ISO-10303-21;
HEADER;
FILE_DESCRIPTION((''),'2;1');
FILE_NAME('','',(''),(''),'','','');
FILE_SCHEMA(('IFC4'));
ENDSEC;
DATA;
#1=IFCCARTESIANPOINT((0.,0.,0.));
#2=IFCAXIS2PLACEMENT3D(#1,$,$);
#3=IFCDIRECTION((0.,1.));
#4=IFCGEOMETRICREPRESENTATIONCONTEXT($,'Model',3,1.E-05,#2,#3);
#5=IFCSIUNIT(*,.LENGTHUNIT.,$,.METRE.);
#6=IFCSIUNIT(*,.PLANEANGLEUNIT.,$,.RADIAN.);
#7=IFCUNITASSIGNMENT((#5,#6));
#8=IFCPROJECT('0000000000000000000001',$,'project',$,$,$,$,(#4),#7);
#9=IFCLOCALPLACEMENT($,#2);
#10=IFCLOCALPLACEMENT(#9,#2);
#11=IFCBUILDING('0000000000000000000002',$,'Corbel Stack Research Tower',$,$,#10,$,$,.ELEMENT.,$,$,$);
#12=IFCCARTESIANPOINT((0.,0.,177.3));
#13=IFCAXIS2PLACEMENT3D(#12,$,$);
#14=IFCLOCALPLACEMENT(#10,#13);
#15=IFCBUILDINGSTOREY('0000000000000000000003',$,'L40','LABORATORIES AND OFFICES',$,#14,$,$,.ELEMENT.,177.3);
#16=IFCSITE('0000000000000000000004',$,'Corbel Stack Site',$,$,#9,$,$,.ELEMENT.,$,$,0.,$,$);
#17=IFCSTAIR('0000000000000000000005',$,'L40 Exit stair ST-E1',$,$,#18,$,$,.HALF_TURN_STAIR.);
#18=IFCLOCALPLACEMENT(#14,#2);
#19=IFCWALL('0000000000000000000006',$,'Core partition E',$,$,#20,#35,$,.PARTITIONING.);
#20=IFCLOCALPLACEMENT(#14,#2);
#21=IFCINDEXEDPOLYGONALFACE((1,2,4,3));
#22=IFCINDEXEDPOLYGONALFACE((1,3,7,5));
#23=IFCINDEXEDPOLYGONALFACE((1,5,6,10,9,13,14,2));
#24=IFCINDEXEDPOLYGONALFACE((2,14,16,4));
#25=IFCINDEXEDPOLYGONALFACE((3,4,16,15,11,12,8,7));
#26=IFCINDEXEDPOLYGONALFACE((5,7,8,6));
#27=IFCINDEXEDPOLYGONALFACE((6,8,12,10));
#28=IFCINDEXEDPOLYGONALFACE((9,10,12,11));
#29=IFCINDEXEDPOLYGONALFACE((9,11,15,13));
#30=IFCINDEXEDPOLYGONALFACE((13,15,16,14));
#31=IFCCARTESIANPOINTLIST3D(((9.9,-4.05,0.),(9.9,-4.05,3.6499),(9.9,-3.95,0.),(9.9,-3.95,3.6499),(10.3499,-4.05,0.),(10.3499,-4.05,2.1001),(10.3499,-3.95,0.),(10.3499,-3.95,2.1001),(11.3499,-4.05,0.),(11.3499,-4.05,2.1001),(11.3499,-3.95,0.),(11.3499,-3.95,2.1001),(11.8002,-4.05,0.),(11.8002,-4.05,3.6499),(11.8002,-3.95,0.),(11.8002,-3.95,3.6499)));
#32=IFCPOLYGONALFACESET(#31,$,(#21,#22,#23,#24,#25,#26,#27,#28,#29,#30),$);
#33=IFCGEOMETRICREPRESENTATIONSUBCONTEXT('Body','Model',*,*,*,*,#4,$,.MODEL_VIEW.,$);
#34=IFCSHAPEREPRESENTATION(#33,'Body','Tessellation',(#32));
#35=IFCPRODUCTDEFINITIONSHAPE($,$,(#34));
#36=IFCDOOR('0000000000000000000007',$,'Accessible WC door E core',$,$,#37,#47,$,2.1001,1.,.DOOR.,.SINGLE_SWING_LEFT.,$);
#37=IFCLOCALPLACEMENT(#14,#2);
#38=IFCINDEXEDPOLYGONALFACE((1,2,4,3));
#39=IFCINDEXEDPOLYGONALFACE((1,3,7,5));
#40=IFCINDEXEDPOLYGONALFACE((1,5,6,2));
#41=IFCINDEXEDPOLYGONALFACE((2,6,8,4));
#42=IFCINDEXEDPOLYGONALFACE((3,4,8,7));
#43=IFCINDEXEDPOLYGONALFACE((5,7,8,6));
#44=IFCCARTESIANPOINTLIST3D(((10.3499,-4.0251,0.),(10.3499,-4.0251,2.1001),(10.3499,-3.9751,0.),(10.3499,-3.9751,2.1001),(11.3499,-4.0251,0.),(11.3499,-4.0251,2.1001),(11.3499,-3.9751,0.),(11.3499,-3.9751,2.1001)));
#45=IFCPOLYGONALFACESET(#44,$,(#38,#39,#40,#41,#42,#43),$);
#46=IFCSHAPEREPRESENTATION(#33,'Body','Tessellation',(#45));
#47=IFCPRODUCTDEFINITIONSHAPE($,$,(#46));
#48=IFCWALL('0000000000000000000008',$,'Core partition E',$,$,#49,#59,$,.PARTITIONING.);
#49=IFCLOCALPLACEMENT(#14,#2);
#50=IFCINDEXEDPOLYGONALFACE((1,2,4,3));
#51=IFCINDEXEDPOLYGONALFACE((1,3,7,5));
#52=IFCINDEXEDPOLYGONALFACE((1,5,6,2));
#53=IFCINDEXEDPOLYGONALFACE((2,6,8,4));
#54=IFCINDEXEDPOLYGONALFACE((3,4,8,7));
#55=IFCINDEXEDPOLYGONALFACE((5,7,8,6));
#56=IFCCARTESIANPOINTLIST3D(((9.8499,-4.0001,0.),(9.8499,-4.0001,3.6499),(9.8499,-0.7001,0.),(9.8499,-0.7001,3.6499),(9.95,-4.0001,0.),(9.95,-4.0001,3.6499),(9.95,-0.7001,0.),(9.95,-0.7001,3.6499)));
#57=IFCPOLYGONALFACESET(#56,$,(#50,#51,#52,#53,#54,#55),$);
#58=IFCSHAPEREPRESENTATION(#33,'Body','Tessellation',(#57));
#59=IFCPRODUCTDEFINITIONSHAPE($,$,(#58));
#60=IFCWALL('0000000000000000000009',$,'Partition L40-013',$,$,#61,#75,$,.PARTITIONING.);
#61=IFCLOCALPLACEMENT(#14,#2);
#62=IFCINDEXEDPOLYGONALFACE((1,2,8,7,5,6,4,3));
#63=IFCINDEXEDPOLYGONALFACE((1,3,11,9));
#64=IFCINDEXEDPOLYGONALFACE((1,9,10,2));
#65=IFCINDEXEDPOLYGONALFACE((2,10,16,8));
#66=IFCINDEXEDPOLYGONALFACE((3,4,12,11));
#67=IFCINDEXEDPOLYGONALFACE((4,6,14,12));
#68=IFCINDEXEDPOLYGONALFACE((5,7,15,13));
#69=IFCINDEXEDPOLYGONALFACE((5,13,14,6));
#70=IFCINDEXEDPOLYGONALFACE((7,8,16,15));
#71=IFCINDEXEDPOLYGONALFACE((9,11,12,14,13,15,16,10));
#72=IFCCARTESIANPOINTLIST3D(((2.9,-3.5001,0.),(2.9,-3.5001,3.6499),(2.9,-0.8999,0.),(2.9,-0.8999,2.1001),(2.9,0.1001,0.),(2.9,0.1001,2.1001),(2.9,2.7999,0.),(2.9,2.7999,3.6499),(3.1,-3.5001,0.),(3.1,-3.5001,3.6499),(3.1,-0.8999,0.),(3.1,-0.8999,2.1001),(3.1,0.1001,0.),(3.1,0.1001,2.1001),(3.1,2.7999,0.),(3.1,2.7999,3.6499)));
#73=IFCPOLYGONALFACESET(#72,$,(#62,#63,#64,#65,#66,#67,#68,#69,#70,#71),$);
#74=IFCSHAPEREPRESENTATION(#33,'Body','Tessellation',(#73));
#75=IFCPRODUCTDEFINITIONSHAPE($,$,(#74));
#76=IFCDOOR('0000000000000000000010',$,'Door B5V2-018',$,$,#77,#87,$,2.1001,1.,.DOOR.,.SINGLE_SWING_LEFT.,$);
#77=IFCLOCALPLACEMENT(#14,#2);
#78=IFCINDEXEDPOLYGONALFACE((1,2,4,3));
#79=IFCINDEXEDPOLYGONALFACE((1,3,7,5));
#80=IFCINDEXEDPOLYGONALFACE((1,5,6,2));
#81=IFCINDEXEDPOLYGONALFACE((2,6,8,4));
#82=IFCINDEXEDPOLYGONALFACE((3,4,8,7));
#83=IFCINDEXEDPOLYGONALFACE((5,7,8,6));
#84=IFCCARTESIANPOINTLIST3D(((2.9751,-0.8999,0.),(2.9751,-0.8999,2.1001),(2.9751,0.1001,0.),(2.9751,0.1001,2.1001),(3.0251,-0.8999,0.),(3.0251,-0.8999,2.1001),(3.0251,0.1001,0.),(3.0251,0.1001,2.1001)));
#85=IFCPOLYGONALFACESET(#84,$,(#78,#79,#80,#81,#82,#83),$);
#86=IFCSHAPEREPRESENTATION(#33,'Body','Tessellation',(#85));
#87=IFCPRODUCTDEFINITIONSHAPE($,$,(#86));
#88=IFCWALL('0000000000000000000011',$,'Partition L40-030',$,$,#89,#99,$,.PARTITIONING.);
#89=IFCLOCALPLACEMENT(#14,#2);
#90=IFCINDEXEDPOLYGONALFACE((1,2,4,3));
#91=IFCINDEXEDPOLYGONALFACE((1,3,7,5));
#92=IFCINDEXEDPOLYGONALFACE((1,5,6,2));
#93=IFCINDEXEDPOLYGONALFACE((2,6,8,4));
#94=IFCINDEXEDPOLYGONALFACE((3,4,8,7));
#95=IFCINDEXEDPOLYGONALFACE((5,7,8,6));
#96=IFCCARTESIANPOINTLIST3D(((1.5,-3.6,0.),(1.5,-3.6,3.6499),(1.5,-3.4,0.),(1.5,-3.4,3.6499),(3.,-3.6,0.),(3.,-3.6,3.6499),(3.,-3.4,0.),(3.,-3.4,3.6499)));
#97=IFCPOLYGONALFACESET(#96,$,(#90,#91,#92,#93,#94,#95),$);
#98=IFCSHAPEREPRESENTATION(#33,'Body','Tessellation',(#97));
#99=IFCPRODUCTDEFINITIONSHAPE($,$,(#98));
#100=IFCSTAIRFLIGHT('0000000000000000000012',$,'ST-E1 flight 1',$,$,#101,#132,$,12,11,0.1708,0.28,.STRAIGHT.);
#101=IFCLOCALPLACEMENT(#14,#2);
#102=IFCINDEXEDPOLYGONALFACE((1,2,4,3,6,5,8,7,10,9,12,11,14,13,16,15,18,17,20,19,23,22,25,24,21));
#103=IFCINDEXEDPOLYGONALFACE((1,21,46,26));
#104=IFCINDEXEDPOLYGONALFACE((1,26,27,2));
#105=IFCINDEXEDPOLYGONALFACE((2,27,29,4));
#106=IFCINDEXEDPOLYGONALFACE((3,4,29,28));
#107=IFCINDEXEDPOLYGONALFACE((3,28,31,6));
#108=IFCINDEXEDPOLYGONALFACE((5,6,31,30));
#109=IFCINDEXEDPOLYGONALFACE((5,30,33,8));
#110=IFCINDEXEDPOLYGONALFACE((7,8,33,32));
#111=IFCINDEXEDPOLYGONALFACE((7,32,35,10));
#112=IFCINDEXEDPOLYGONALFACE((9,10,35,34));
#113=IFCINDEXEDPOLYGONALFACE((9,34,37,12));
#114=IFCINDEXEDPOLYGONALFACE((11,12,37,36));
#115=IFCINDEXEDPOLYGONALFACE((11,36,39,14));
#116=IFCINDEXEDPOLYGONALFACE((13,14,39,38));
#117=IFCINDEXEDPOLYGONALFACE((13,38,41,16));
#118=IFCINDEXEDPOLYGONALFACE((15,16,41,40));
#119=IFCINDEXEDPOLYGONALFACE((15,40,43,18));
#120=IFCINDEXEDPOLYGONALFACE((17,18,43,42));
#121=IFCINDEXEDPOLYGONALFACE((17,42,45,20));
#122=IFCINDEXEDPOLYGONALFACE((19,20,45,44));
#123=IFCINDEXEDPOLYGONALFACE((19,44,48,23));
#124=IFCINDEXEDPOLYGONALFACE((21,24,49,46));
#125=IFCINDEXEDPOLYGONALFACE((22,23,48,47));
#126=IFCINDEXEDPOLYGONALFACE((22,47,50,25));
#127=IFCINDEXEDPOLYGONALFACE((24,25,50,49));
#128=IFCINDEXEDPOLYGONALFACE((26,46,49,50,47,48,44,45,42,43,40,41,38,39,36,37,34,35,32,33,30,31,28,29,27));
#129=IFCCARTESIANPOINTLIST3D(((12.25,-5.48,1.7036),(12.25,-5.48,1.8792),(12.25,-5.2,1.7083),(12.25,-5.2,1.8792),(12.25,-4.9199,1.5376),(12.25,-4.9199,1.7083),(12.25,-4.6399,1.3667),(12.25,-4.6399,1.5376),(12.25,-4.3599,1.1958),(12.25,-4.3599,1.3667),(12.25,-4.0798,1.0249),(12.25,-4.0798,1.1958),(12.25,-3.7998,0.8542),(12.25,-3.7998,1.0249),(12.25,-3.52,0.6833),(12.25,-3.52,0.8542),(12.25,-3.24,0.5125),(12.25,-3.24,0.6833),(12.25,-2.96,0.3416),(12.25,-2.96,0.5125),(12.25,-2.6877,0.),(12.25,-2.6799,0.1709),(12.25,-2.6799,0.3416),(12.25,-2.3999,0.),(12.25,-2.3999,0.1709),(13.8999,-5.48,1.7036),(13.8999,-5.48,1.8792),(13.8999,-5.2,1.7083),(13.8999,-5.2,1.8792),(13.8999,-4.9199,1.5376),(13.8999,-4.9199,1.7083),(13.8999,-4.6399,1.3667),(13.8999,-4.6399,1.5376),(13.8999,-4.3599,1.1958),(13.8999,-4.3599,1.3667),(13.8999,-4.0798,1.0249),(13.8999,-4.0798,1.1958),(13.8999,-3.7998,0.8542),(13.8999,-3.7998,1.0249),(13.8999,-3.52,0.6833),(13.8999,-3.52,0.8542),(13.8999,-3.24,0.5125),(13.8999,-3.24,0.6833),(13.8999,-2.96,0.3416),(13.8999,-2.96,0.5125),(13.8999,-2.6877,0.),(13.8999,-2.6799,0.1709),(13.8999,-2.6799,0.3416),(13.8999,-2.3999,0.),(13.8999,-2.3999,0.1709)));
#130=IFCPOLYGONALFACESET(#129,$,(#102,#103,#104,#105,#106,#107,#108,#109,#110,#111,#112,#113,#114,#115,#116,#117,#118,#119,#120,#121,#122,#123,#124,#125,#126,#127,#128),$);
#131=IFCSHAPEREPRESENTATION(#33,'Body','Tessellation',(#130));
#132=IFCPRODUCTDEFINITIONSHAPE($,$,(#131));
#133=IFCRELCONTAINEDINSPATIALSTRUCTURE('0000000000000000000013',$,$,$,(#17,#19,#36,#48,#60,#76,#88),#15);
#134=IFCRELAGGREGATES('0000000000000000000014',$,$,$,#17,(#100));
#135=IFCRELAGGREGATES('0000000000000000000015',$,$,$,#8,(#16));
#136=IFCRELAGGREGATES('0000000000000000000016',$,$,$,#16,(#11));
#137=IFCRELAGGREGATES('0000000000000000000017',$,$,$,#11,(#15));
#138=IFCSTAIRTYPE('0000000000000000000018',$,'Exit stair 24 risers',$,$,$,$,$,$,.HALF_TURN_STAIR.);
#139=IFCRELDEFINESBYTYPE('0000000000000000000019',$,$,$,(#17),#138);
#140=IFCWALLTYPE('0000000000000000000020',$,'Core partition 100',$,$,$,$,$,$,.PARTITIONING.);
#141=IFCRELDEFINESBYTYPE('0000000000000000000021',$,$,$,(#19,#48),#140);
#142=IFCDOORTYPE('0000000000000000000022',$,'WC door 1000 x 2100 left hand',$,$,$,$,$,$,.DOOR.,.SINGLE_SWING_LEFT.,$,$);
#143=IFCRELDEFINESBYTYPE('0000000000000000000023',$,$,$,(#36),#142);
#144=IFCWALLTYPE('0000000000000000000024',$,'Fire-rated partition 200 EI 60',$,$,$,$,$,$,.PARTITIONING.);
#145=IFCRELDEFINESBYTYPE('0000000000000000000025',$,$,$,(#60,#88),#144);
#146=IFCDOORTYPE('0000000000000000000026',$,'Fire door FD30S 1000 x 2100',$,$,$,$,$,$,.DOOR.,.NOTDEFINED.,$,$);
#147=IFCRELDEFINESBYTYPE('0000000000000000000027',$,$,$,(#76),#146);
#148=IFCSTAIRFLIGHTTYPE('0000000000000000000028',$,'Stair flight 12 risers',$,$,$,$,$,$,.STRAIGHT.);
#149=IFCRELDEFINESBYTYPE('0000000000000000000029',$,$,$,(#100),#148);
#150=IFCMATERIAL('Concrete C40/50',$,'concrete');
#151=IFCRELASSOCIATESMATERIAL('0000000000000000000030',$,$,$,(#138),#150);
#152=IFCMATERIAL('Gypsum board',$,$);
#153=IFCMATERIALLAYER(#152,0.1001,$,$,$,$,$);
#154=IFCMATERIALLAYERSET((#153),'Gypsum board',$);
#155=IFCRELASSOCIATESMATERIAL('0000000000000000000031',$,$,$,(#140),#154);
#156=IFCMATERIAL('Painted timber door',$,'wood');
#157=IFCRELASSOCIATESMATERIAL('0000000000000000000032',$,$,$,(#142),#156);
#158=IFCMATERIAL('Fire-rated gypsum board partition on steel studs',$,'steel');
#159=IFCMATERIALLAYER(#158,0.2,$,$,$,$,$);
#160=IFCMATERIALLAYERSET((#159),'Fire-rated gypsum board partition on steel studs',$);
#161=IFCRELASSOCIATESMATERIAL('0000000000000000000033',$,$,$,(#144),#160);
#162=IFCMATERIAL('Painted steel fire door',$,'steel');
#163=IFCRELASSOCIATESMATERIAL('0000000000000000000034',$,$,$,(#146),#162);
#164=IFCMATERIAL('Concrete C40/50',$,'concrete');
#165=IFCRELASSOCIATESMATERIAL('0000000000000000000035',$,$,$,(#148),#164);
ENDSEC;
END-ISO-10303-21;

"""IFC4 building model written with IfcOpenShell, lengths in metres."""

from ifc_helpers import new_model, si_unit, direction, frame, frame_2d, origin, place, context, subcontext, project, spatial, polyline, rectangle, outline, extrude, material, layer, layer_set, type_object, element, fill, aggregate, save


model = new_model("IFC4")

# Units and contexts
model_context = context("Model", 3, precision=1e-05, world=origin(), true_north=direction((0.0, 1.0)))
body_context = subcontext(model_context, "Body", "Model", "MODEL_VIEW")
ifc_project = project(units=[si_unit("LENGTHUNIT", "METRE"), si_unit("PLANEANGLEUNIT", "RADIAN")], contexts=[model_context])

# Site, building, storey
site_placement = place(None, origin())
site = spatial("IfcSite", under=ifc_project, at=site_placement, Name="Corbel Stack Site", CompositionType="ELEMENT", RefElevation=0.0)
building_placement = place(site_placement, origin())
building = spatial("IfcBuilding", under=site, at=building_placement, Name="Corbel Stack Research Tower", CompositionType="ELEMENT")
storey_placement = place(building_placement, frame((0.0, 0.0, 177.3)))
storey = spatial("IfcBuildingStorey", under=building, at=storey_placement, Name="L40", Description="LABORATORIES AND OFFICES", CompositionType="ELEMENT", Elevation=177.3)

# Stair
ifc_material_1 = material(Name="Concrete C40/50", Category="concrete")
stair_type = type_object("IfcStairType", Name="Exit stair 24 risers", PredefinedType="HALF_TURN_STAIR", material=ifc_material_1)
stair_1_placement = place(storey_placement, origin())
stair_1 = element("IfcStair", 1, at=stair_1_placement, inside=storey, type_object=stair_type, Name="L40 Exit stair ST-E1", PredefinedType="HALF_TURN_STAIR")

# Wall, opening, door
ifc_material_2 = material(Name="Gypsum board")
ifc_layer_1 = layer(ifc_material_2, 0.1001)
ifc_layer_set_1 = layer_set([ifc_layer_1], Name="Gypsum board")
wall_type_1 = type_object("IfcWallType", Name="Core partition 100", PredefinedType="PARTITIONING", material=ifc_layer_set_1)
wall_1_placement = place(storey_placement, frame((9.8999, -4.0, 0.0), z_axis=(0.0, 0.0, 1.0), x_axis=(1.0, 0.0, 0.0)))
wall_1 = element("IfcWall", 2, at=wall_1_placement, inside=storey, type_object=wall_type_1, Name="Core partition E", PredefinedType="PARTITIONING", context=body_context, shape_type="SweptSolid", body=[
    extrude(rectangle(XDim=1.9001, YDim=0.1001, at=frame_2d((0.9502, 0.0))), origin(), (0.0, 0.0, 1.0), 3.6499),
])
opening_1_placement = place(wall_1_placement, frame((0.45, 0.0, 0.0)))
opening_1 = element("IfcOpeningElement", 3, at=opening_1_placement, cuts=wall_1, PredefinedType="OPENING", context=body_context, shape_type="SweptSolid", body=[
    extrude(rectangle(XDim=1.0, YDim=2.1001, at=frame_2d((0.5, 1.05))), frame((0.0, 0.0601, 0.0), z_axis=(0.0, -1.0, 0.0), x_axis=(1.0, 0.0, 0.0)), (0.0, 0.0, 1.0), 0.1201),
])
ifc_material_3 = material(Name="Painted timber door", Category="wood")
door_type_1 = type_object("IfcDoorType", Name="WC door 1000 x 2100 left hand", OperationType="SINGLE_SWING_LEFT", PredefinedType="DOOR", material=ifc_material_3)
door_1_placement = place(opening_1_placement, origin())
door_1 = element("IfcDoor", 4, at=door_1_placement, inside=storey, type_object=door_type_1, Name="Accessible WC door E core", OperationType="SINGLE_SWING_LEFT", OverallHeight=2.1001, OverallWidth=1.0, PredefinedType="DOOR", context=body_context, shape_type="SweptSolid", body=[
    extrude(rectangle(XDim=1.0, YDim=2.1001, at=frame_2d((0.5, 1.05))), frame((0.0, 0.0249, 0.0), z_axis=(0.0, -1.0, 0.0), x_axis=(1.0, 0.0, 0.0)), (0.0, 0.0, 1.0), 0.05),
])
fill(opening_1, door_1)

# Wall
wall_2_placement = place(storey_placement, frame((9.8999, -4.0, 0.0), z_axis=(0.0, 0.0, 1.0), x_axis=(0.0, 1.0, 0.0)))
element("IfcWall", 5, at=wall_2_placement, inside=storey, type_object=wall_type_1, Name="Core partition E", PredefinedType="PARTITIONING", context=body_context, shape_type="SweptSolid", body=[
    extrude(rectangle(XDim=3.3, YDim=0.1001, at=frame_2d((1.6499, 0.0))), origin(), (0.0, 0.0, 1.0), 3.6499),
])

# Wall, opening, door
ifc_material_4 = material(Name="Fire-rated gypsum board partition on steel studs", Category="steel")
ifc_layer_2 = layer(ifc_material_4, 0.2)
ifc_layer_set_2 = layer_set([ifc_layer_2], Name="Fire-rated gypsum board partition on steel studs")
wall_type_2 = type_object("IfcWallType", Name="Fire-rated partition 200 EI 60", PredefinedType="PARTITIONING", material=ifc_layer_set_2)
wall_3_placement = place(storey_placement, frame((3.0, -3.5, 0.0), z_axis=(0.0, 0.0, 1.0), x_axis=(0.0, 1.0, 0.0)))
wall_3 = element("IfcWall", 6, at=wall_3_placement, inside=storey, type_object=wall_type_2, Name="Partition L40-013", PredefinedType="PARTITIONING", context=body_context, shape_type="SweptSolid", body=[
    extrude(rectangle(XDim=6.3, YDim=0.2, at=frame_2d((3.1499, 0.0))), origin(), (0.0, 0.0, 1.0), 3.6499),
])
opening_2_placement = place(wall_3_placement, frame((2.6001, 0.0, 0.0)))
opening_2 = element("IfcOpeningElement", 7, at=opening_2_placement, cuts=wall_3, PredefinedType="OPENING", context=body_context, shape_type="SweptSolid", body=[
    extrude(rectangle(XDim=1.0, YDim=2.1001, at=frame_2d((0.5, 1.05))), frame((0.0, 0.1099, 0.0), z_axis=(0.0, -1.0, 0.0), x_axis=(1.0, 0.0, 0.0)), (0.0, 0.0, 1.0), 0.22),
])
ifc_material_5 = material(Name="Painted steel fire door", Category="steel")
door_type_2 = type_object("IfcDoorType", Name="Fire door FD30S 1000 x 2100", OperationType="NOTDEFINED", PredefinedType="DOOR", material=ifc_material_5)
door_2_placement = place(opening_2_placement, origin())
door_2 = element("IfcDoor", 8, at=door_2_placement, inside=storey, type_object=door_type_2, Name="Door B5V2-018", OperationType="SINGLE_SWING_LEFT", OverallHeight=2.1001, OverallWidth=1.0, PredefinedType="DOOR", context=body_context, shape_type="SweptSolid", body=[
    extrude(rectangle(XDim=1.0, YDim=2.1001, at=frame_2d((0.5, 1.05))), frame((0.0, 0.0249, 0.0), z_axis=(0.0, -1.0, 0.0), x_axis=(1.0, 0.0, 0.0)), (0.0, 0.0, 1.0), 0.05),
])
fill(opening_2, door_2)

# Wall
wall_4_placement = place(storey_placement, frame((1.5, -3.5, 0.0), z_axis=(0.0, 0.0, 1.0), x_axis=(1.0, 0.0, 0.0)))
element("IfcWall", 9, at=wall_4_placement, inside=storey, type_object=wall_type_2, Name="Partition L40-030", PredefinedType="PARTITIONING", context=body_context, shape_type="SweptSolid", body=[
    extrude(rectangle(XDim=1.5, YDim=0.2, at=frame_2d((0.75, 0.0))), origin(), (0.0, 0.0, 1.0), 3.6499),
])

# Stair flight
ifc_material_6 = material(Name="Concrete C40/50", Category="concrete")
stair_flight_type = type_object("IfcStairFlightType", Name="Stair flight 12 risers", PredefinedType="STRAIGHT", material=ifc_material_6)
stair_flight_placement = place(storey_placement, frame((13.075, -2.3999, 0.0), z_axis=(0.0, 0.0, 1.0), x_axis=(0.0, -1.0, 0.0)))
stair_flight = element("IfcStairFlight", 10, at=stair_flight_placement, type_object=stair_flight_type, Name="ST-E1 flight 1", NumberOfRisers=12, NumberOfTreads=11, PredefinedType="STRAIGHT", RiserHeight=0.1708, TreadLength=0.28, context=body_context, shape_type="SweptSolid", body=[
    extrude(outline(polyline([(0.0, 0.0), (0.0, 0.1709), (0.28, 0.1709), (0.28, 0.3416), (0.5601, 0.3416), (0.5601, 0.5125), (0.8401, 0.5125), (0.8401, 0.6833), (1.1201, 0.6833), (1.1201, 0.8542), (1.3999, 0.8542), (1.3999, 1.0249), (1.6799, 1.0249), (1.6799, 1.1958), (1.96, 1.1958), (1.96, 1.3667), (2.24, 1.3667), (2.24, 1.5376), (2.52, 1.5376), (2.52, 1.7083), (2.8, 1.7083), (2.8, 1.8792), (3.0801, 1.8792), (3.0801, 2.05), (3.0801, 1.7036), (0.2878, 0.0), (0.0, 0.0)])), frame((0.0, 0.825, 0.0), z_axis=(0.0, -1.0, 0.0), x_axis=(1.0, 0.0, 0.0)), (0.0, 0.0, 1.0), 1.6499),
])
aggregate(stair_1, [stair_flight])

save(model, "model.ifc")
